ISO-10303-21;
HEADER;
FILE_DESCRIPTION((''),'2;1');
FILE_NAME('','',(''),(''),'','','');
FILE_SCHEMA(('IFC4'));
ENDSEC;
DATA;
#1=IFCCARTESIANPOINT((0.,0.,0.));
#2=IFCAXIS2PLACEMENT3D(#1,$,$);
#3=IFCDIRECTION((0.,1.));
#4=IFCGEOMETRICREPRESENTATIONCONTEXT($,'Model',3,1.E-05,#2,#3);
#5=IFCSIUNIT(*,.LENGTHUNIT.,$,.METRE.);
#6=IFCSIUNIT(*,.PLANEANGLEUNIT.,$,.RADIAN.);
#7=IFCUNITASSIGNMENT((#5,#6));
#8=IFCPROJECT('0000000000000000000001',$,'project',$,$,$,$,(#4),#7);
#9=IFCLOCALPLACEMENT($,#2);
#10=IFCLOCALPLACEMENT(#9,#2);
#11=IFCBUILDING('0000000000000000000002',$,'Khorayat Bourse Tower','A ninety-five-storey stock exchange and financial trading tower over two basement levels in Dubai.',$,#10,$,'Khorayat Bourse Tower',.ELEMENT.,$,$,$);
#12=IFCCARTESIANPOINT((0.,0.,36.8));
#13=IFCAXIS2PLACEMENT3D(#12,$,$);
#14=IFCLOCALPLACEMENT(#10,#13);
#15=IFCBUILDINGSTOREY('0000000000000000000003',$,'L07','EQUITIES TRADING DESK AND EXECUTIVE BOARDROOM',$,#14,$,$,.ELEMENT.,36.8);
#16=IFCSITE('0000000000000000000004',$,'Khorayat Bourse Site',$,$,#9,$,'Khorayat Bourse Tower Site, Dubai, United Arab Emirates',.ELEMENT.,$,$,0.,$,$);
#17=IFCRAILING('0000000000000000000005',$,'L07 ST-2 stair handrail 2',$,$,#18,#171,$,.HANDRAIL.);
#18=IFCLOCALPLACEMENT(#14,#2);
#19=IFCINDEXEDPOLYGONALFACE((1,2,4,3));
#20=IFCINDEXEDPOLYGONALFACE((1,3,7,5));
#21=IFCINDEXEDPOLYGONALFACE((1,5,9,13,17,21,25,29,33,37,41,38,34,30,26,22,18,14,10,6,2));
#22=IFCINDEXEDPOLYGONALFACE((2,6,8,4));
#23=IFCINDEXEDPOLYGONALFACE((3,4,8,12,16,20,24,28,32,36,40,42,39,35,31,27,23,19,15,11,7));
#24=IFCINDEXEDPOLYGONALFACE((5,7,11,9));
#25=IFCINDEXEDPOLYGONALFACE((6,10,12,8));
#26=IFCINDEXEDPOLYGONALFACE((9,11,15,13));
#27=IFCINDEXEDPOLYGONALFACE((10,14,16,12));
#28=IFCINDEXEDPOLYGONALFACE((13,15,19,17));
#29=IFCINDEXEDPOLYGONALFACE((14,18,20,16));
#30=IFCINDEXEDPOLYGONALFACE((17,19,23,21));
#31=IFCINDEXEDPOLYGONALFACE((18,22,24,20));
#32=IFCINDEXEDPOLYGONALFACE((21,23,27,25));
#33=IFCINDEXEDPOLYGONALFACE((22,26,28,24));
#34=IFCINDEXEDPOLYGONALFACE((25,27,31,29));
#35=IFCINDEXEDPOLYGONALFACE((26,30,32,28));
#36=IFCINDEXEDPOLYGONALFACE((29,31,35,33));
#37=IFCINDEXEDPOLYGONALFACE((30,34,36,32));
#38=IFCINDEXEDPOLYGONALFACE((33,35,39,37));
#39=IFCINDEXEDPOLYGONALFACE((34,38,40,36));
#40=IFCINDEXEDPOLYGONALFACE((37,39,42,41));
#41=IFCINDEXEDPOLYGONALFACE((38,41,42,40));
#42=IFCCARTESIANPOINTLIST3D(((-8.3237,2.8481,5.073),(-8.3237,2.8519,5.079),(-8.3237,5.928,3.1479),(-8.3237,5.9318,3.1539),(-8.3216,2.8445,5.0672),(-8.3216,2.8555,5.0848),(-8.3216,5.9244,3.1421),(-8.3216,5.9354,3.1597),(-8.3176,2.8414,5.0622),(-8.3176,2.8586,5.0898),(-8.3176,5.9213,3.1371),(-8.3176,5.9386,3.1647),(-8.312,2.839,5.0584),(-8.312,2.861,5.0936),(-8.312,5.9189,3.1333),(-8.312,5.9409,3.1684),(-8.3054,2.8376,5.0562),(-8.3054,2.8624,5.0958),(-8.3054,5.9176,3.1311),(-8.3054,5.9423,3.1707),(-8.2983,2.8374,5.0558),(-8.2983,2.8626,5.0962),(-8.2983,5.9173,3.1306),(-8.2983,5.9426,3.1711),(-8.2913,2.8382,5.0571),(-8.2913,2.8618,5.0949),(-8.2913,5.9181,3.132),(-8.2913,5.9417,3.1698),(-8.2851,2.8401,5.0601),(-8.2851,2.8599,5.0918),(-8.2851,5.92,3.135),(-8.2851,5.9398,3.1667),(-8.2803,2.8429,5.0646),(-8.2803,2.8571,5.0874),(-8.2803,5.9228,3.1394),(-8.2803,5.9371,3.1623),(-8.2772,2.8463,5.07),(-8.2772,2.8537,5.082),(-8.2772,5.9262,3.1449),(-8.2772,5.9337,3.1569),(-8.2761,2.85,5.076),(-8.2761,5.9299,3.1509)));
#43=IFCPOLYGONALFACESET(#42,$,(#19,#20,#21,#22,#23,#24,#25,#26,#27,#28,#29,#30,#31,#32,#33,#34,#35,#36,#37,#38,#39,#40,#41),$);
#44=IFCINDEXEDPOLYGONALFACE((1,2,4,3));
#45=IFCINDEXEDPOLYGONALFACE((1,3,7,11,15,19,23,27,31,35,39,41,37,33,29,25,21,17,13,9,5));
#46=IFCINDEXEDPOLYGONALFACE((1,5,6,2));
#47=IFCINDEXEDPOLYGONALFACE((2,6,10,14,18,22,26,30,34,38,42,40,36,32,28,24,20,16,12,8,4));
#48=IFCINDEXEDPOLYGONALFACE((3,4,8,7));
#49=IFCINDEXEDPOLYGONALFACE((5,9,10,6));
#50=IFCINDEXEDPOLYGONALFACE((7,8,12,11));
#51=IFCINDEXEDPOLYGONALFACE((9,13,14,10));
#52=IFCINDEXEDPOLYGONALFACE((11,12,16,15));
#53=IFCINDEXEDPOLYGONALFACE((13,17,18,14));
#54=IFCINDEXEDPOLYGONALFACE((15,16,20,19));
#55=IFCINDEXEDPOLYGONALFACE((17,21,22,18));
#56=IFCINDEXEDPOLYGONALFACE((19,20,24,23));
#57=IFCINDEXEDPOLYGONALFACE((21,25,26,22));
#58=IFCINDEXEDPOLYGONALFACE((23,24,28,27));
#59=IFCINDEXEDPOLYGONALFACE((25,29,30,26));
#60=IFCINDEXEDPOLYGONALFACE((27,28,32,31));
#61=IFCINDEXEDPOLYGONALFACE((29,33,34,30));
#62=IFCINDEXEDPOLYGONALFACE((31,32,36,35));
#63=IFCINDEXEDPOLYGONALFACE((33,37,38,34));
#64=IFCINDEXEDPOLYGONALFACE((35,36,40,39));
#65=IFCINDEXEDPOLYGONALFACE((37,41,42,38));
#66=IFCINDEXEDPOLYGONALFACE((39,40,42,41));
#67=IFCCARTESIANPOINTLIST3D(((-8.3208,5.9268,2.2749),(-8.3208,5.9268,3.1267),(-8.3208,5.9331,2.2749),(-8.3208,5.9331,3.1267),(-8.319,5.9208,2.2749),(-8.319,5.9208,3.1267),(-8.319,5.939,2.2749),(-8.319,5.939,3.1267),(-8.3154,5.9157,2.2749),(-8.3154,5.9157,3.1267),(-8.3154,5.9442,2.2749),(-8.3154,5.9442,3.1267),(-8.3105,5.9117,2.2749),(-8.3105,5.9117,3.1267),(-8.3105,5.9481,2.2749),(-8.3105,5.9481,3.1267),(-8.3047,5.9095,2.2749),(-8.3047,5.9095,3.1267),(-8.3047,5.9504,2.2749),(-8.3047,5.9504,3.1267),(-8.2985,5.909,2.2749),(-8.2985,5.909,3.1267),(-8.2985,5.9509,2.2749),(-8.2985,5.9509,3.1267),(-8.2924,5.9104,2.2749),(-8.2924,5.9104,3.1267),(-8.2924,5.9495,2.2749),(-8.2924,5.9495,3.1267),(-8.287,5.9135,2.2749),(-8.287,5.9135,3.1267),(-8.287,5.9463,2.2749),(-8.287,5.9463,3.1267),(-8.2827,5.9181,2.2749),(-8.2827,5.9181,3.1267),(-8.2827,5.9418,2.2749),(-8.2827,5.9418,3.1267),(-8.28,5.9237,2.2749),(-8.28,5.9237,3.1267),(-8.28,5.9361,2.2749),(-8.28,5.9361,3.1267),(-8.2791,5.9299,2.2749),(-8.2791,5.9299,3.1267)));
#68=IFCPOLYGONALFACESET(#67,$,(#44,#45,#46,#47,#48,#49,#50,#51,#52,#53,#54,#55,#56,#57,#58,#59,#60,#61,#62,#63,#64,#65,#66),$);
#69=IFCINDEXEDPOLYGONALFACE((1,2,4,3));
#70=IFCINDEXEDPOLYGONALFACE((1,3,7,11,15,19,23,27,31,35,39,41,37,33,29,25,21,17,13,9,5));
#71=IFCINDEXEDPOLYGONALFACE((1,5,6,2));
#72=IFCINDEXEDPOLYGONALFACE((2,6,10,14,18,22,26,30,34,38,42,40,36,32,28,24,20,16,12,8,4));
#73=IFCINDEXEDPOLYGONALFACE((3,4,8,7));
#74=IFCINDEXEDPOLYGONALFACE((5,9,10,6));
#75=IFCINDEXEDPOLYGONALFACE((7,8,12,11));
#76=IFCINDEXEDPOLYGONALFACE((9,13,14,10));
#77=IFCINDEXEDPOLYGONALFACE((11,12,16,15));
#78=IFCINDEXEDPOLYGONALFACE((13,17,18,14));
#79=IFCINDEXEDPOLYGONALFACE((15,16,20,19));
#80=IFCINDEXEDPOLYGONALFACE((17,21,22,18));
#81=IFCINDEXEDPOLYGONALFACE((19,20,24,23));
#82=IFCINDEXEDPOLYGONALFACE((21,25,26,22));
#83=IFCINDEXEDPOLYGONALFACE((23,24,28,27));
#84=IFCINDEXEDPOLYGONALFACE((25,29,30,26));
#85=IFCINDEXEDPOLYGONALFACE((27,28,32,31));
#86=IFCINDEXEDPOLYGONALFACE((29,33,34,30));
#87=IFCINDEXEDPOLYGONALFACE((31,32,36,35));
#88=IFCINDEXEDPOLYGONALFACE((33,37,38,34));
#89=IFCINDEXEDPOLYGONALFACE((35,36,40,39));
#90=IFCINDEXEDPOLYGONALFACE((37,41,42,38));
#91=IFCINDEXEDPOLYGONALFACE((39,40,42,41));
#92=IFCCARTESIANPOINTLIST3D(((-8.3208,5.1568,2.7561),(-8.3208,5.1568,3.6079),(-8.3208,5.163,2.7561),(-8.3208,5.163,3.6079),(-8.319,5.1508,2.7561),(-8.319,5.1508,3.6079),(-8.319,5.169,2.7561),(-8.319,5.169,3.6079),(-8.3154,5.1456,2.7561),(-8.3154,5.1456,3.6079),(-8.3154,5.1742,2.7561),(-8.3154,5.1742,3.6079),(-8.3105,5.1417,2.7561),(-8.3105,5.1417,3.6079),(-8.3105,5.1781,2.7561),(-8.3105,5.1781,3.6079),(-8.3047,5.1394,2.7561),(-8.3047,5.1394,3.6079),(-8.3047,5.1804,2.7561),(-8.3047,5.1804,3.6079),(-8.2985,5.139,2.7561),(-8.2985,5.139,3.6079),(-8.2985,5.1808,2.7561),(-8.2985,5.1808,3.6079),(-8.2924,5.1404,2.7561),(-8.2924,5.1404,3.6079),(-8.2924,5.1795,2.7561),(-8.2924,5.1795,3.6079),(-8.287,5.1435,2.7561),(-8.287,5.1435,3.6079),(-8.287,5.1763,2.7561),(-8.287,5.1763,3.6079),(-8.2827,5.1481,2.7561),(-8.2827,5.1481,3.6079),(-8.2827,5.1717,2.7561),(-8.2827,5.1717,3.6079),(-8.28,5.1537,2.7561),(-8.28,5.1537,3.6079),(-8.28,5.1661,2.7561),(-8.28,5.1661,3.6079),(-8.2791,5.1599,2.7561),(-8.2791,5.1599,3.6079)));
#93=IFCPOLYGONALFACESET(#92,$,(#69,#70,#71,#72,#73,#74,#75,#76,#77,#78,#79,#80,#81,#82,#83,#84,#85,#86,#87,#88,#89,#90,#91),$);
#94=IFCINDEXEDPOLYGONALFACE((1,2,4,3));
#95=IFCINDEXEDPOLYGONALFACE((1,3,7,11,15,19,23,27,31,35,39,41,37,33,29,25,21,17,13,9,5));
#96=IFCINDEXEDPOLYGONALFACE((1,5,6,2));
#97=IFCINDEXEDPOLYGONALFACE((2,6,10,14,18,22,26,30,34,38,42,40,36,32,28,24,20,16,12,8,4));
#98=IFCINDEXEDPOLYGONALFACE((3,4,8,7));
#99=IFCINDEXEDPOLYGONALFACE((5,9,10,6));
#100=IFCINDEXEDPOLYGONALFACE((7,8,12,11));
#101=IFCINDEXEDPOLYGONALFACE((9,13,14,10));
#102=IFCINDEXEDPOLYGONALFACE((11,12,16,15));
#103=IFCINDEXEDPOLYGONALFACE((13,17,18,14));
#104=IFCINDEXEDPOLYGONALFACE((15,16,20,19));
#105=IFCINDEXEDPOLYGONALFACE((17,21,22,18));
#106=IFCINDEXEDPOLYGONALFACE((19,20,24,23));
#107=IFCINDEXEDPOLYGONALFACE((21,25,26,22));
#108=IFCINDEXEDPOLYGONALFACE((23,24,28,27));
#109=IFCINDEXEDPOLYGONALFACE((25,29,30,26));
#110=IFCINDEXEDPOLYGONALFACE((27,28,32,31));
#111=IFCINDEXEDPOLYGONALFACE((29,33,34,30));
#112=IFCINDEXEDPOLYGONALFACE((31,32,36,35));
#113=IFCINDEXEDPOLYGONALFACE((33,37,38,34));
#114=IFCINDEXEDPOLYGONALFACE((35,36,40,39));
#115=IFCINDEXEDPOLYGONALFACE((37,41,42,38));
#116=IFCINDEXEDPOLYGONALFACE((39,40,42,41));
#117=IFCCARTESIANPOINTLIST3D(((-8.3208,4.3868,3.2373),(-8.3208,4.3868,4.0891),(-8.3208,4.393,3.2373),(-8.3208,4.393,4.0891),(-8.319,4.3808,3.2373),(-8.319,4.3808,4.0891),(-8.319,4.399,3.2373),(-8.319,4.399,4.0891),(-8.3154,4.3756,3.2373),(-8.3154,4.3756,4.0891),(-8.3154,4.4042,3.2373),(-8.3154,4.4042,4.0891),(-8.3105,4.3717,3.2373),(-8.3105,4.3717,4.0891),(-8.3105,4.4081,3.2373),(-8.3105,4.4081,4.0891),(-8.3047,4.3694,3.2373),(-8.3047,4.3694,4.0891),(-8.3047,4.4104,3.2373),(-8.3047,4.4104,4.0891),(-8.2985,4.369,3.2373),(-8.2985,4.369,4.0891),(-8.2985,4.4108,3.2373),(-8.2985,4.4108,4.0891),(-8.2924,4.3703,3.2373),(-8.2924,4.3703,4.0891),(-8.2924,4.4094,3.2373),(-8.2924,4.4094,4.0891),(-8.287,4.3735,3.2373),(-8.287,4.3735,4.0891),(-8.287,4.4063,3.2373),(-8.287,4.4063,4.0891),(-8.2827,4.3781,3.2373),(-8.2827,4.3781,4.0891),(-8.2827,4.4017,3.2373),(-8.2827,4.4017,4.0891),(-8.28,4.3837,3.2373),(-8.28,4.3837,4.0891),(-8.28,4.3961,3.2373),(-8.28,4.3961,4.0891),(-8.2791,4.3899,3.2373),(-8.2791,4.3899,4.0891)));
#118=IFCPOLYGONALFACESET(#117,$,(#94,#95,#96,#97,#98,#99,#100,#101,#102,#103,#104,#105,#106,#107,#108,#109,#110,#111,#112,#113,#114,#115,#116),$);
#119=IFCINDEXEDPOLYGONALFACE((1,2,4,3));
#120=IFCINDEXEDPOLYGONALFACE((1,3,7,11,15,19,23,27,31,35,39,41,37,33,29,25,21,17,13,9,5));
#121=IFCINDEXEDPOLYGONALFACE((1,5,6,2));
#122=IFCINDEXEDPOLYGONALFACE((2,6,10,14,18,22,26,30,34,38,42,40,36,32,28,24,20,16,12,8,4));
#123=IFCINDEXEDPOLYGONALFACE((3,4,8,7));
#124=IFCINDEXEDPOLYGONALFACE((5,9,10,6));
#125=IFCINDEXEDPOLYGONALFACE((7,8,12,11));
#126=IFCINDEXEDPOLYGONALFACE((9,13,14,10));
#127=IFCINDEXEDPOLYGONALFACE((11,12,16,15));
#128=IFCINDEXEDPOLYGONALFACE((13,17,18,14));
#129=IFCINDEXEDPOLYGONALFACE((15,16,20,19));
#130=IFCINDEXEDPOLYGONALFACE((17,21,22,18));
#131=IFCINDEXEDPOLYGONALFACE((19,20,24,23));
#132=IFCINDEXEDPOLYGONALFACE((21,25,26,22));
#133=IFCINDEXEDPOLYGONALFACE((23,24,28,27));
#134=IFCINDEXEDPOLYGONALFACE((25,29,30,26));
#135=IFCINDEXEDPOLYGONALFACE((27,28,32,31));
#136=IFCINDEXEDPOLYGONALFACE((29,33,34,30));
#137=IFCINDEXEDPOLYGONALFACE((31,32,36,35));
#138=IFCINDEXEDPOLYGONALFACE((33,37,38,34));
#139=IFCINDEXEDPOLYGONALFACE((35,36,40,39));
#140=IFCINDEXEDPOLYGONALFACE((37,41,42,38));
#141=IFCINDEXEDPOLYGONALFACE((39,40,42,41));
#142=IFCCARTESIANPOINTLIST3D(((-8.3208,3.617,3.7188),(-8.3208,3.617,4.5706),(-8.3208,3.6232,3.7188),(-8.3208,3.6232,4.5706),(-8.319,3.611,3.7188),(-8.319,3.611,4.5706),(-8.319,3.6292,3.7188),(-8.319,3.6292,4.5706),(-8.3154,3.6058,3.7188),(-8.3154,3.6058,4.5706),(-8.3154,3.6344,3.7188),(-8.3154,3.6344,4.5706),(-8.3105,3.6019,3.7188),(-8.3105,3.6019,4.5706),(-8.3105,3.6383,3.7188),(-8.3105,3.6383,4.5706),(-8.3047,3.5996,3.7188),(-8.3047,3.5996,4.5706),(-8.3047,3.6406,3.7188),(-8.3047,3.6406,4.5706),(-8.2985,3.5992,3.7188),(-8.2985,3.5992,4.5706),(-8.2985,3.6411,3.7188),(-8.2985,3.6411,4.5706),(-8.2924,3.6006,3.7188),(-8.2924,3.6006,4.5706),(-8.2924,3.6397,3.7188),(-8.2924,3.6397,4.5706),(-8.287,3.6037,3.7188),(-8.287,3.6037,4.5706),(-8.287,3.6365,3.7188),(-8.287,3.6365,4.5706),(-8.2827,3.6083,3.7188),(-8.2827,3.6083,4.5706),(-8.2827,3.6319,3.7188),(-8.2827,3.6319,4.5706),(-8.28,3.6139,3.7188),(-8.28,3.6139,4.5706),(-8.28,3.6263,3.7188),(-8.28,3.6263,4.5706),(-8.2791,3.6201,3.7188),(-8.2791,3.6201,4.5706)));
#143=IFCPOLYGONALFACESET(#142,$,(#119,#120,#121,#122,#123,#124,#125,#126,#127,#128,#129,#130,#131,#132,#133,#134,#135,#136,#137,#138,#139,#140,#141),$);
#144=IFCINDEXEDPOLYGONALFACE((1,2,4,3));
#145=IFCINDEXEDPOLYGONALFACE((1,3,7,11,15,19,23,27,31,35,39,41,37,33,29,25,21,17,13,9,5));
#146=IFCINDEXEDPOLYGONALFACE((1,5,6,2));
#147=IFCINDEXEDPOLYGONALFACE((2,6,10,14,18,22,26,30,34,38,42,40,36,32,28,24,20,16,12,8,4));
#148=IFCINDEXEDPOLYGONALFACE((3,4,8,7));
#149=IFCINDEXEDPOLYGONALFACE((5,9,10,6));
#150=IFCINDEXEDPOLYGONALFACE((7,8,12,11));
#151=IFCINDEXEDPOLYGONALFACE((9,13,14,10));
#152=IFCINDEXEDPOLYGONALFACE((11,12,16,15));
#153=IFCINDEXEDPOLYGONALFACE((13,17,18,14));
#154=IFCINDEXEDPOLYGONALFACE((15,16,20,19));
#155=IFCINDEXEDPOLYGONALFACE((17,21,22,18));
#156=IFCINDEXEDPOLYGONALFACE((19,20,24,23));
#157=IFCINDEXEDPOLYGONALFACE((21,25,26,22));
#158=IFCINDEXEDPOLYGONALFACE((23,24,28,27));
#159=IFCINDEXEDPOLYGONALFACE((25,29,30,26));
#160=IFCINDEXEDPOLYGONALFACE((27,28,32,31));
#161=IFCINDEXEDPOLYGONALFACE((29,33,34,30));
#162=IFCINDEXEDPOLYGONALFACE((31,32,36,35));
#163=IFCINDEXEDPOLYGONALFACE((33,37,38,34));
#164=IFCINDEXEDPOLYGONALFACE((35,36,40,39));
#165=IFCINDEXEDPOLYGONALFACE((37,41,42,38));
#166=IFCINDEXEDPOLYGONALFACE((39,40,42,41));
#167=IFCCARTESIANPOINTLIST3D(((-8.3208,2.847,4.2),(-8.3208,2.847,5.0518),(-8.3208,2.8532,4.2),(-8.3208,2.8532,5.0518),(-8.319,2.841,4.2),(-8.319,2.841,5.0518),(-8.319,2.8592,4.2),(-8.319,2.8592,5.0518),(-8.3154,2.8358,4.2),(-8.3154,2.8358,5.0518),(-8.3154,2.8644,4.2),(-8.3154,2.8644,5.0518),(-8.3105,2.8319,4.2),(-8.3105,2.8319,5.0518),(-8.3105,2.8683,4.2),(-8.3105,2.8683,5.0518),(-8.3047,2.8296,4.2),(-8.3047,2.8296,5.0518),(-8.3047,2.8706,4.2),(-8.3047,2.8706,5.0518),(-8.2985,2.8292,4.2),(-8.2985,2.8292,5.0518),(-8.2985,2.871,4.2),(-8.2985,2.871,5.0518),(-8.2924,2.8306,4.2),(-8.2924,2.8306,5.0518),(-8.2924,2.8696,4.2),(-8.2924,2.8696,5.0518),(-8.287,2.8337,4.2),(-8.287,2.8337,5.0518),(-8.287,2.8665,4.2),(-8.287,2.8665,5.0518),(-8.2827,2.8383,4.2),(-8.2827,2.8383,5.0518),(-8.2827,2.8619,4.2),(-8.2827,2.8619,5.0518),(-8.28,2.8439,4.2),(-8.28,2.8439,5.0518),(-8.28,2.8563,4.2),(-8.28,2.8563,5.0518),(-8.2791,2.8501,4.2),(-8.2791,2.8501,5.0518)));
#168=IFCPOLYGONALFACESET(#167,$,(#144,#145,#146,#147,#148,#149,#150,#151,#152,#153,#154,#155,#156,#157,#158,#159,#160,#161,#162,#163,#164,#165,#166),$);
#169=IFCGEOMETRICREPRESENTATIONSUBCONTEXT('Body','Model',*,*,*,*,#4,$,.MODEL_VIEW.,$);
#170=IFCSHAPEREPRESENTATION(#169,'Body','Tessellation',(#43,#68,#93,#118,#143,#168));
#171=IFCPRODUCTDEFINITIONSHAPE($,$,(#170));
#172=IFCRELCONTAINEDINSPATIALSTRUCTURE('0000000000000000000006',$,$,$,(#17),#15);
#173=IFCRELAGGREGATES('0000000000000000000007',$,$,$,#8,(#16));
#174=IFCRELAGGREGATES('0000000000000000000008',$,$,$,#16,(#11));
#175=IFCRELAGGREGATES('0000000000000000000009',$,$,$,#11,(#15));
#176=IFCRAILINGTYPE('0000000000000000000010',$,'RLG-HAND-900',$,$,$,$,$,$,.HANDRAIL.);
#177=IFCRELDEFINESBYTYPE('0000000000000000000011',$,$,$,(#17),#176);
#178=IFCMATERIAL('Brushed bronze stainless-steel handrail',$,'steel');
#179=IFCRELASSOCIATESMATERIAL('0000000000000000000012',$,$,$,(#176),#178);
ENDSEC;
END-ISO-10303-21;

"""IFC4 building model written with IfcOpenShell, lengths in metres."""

from ifc_helpers import new_model, si_unit, direction, frame, origin, origin_2d, place, context, subcontext, project, spatial, circle, extrude, source, transform, mapped, material, type_object, element, save


model = new_model("IFC4")

# Units and contexts
model_context = context("Model", 3, precision=1e-05, world=origin(), true_north=direction((0.0, 1.0)))
body_context = subcontext(model_context, "Body", "Model", "MODEL_VIEW")
ifc_project = project(units=[si_unit("LENGTHUNIT", "METRE"), si_unit("PLANEANGLEUNIT", "RADIAN")], contexts=[model_context])

# Site, building, storey
site_placement = place(None, origin())
site = spatial("IfcSite", under=ifc_project, at=site_placement, Name="Khorayat Bourse Site", LongName="Khorayat Bourse Tower Site, Dubai, United Arab Emirates", CompositionType="ELEMENT", RefElevation=0.0)
building_placement = place(site_placement, origin())
building = spatial("IfcBuilding", under=site, at=building_placement, Name="Khorayat Bourse Tower", Description="A ninety-five-storey stock exchange and financial trading tower over two basement levels in Dubai.", LongName="Khorayat Bourse Tower", CompositionType="ELEMENT")
storey_placement = place(building_placement, frame((0.0, 0.0, 36.8)))
storey = spatial("IfcBuildingStorey", under=building, at=storey_placement, Name="L07", Description="EQUITIES TRADING DESK AND EXECUTIVE BOARDROOM", CompositionType="ELEMENT", Elevation=36.8)

# Railing
ifc_material_1 = material(Name="Brushed bronze stainless-steel handrail", Category="steel")
railing_type_1 = type_object("IfcRailingType", Name="RLG-HAND-900", PredefinedType="HANDRAIL", material=ifc_material_1)
shared_shape_1 = source(origin(), body_context, "Body", "SweptSolid", [
    extrude(circle(Radius=0.0239, at=origin_2d()), frame((0.0, 0.0, 0.876), z_axis=(0.0, -0.847979, 0.530029), x_axis=(1.0, 0.0, 0.0)), (0.0, 0.0, 1.0), 3.6321),
    extrude(circle(Radius=0.021, at=origin_2d()), origin(), (0.0, 0.0, 1.0), 0.8518),
    extrude(circle(Radius=0.021, at=origin_2d()), frame((0.0, -0.77, 0.4812)), (0.0, 0.0, 1.0), 0.8518),
    extrude(circle(Radius=0.021, at=origin_2d()), frame((0.0, -1.54, 0.9624)), (0.0, 0.0, 1.0), 0.8518),
    extrude(circle(Radius=0.021, at=origin_2d()), frame((0.0, -2.3098, 1.4438)), (0.0, 0.0, 1.0), 0.8518),
    extrude(circle(Radius=0.021, at=origin_2d()), frame((0.0, -3.0798, 1.925)), (0.0, 0.0, 1.0), 0.8518),
])
railing_1_placement = place(storey_placement, frame((-8.3, 5.9299, 2.2749)))
element("IfcRailing", 1, at=railing_1_placement, inside=storey, type_object=railing_type_1, Name="L07 ST-2 stair handrail 2", PredefinedType="HANDRAIL", context=body_context, shape_type="MappedRepresentation", body=[
    mapped(shared_shape_1, transform((0.0, 0.0, 0.0), scale=1.0)),
])

save(model, "model.ifc")
